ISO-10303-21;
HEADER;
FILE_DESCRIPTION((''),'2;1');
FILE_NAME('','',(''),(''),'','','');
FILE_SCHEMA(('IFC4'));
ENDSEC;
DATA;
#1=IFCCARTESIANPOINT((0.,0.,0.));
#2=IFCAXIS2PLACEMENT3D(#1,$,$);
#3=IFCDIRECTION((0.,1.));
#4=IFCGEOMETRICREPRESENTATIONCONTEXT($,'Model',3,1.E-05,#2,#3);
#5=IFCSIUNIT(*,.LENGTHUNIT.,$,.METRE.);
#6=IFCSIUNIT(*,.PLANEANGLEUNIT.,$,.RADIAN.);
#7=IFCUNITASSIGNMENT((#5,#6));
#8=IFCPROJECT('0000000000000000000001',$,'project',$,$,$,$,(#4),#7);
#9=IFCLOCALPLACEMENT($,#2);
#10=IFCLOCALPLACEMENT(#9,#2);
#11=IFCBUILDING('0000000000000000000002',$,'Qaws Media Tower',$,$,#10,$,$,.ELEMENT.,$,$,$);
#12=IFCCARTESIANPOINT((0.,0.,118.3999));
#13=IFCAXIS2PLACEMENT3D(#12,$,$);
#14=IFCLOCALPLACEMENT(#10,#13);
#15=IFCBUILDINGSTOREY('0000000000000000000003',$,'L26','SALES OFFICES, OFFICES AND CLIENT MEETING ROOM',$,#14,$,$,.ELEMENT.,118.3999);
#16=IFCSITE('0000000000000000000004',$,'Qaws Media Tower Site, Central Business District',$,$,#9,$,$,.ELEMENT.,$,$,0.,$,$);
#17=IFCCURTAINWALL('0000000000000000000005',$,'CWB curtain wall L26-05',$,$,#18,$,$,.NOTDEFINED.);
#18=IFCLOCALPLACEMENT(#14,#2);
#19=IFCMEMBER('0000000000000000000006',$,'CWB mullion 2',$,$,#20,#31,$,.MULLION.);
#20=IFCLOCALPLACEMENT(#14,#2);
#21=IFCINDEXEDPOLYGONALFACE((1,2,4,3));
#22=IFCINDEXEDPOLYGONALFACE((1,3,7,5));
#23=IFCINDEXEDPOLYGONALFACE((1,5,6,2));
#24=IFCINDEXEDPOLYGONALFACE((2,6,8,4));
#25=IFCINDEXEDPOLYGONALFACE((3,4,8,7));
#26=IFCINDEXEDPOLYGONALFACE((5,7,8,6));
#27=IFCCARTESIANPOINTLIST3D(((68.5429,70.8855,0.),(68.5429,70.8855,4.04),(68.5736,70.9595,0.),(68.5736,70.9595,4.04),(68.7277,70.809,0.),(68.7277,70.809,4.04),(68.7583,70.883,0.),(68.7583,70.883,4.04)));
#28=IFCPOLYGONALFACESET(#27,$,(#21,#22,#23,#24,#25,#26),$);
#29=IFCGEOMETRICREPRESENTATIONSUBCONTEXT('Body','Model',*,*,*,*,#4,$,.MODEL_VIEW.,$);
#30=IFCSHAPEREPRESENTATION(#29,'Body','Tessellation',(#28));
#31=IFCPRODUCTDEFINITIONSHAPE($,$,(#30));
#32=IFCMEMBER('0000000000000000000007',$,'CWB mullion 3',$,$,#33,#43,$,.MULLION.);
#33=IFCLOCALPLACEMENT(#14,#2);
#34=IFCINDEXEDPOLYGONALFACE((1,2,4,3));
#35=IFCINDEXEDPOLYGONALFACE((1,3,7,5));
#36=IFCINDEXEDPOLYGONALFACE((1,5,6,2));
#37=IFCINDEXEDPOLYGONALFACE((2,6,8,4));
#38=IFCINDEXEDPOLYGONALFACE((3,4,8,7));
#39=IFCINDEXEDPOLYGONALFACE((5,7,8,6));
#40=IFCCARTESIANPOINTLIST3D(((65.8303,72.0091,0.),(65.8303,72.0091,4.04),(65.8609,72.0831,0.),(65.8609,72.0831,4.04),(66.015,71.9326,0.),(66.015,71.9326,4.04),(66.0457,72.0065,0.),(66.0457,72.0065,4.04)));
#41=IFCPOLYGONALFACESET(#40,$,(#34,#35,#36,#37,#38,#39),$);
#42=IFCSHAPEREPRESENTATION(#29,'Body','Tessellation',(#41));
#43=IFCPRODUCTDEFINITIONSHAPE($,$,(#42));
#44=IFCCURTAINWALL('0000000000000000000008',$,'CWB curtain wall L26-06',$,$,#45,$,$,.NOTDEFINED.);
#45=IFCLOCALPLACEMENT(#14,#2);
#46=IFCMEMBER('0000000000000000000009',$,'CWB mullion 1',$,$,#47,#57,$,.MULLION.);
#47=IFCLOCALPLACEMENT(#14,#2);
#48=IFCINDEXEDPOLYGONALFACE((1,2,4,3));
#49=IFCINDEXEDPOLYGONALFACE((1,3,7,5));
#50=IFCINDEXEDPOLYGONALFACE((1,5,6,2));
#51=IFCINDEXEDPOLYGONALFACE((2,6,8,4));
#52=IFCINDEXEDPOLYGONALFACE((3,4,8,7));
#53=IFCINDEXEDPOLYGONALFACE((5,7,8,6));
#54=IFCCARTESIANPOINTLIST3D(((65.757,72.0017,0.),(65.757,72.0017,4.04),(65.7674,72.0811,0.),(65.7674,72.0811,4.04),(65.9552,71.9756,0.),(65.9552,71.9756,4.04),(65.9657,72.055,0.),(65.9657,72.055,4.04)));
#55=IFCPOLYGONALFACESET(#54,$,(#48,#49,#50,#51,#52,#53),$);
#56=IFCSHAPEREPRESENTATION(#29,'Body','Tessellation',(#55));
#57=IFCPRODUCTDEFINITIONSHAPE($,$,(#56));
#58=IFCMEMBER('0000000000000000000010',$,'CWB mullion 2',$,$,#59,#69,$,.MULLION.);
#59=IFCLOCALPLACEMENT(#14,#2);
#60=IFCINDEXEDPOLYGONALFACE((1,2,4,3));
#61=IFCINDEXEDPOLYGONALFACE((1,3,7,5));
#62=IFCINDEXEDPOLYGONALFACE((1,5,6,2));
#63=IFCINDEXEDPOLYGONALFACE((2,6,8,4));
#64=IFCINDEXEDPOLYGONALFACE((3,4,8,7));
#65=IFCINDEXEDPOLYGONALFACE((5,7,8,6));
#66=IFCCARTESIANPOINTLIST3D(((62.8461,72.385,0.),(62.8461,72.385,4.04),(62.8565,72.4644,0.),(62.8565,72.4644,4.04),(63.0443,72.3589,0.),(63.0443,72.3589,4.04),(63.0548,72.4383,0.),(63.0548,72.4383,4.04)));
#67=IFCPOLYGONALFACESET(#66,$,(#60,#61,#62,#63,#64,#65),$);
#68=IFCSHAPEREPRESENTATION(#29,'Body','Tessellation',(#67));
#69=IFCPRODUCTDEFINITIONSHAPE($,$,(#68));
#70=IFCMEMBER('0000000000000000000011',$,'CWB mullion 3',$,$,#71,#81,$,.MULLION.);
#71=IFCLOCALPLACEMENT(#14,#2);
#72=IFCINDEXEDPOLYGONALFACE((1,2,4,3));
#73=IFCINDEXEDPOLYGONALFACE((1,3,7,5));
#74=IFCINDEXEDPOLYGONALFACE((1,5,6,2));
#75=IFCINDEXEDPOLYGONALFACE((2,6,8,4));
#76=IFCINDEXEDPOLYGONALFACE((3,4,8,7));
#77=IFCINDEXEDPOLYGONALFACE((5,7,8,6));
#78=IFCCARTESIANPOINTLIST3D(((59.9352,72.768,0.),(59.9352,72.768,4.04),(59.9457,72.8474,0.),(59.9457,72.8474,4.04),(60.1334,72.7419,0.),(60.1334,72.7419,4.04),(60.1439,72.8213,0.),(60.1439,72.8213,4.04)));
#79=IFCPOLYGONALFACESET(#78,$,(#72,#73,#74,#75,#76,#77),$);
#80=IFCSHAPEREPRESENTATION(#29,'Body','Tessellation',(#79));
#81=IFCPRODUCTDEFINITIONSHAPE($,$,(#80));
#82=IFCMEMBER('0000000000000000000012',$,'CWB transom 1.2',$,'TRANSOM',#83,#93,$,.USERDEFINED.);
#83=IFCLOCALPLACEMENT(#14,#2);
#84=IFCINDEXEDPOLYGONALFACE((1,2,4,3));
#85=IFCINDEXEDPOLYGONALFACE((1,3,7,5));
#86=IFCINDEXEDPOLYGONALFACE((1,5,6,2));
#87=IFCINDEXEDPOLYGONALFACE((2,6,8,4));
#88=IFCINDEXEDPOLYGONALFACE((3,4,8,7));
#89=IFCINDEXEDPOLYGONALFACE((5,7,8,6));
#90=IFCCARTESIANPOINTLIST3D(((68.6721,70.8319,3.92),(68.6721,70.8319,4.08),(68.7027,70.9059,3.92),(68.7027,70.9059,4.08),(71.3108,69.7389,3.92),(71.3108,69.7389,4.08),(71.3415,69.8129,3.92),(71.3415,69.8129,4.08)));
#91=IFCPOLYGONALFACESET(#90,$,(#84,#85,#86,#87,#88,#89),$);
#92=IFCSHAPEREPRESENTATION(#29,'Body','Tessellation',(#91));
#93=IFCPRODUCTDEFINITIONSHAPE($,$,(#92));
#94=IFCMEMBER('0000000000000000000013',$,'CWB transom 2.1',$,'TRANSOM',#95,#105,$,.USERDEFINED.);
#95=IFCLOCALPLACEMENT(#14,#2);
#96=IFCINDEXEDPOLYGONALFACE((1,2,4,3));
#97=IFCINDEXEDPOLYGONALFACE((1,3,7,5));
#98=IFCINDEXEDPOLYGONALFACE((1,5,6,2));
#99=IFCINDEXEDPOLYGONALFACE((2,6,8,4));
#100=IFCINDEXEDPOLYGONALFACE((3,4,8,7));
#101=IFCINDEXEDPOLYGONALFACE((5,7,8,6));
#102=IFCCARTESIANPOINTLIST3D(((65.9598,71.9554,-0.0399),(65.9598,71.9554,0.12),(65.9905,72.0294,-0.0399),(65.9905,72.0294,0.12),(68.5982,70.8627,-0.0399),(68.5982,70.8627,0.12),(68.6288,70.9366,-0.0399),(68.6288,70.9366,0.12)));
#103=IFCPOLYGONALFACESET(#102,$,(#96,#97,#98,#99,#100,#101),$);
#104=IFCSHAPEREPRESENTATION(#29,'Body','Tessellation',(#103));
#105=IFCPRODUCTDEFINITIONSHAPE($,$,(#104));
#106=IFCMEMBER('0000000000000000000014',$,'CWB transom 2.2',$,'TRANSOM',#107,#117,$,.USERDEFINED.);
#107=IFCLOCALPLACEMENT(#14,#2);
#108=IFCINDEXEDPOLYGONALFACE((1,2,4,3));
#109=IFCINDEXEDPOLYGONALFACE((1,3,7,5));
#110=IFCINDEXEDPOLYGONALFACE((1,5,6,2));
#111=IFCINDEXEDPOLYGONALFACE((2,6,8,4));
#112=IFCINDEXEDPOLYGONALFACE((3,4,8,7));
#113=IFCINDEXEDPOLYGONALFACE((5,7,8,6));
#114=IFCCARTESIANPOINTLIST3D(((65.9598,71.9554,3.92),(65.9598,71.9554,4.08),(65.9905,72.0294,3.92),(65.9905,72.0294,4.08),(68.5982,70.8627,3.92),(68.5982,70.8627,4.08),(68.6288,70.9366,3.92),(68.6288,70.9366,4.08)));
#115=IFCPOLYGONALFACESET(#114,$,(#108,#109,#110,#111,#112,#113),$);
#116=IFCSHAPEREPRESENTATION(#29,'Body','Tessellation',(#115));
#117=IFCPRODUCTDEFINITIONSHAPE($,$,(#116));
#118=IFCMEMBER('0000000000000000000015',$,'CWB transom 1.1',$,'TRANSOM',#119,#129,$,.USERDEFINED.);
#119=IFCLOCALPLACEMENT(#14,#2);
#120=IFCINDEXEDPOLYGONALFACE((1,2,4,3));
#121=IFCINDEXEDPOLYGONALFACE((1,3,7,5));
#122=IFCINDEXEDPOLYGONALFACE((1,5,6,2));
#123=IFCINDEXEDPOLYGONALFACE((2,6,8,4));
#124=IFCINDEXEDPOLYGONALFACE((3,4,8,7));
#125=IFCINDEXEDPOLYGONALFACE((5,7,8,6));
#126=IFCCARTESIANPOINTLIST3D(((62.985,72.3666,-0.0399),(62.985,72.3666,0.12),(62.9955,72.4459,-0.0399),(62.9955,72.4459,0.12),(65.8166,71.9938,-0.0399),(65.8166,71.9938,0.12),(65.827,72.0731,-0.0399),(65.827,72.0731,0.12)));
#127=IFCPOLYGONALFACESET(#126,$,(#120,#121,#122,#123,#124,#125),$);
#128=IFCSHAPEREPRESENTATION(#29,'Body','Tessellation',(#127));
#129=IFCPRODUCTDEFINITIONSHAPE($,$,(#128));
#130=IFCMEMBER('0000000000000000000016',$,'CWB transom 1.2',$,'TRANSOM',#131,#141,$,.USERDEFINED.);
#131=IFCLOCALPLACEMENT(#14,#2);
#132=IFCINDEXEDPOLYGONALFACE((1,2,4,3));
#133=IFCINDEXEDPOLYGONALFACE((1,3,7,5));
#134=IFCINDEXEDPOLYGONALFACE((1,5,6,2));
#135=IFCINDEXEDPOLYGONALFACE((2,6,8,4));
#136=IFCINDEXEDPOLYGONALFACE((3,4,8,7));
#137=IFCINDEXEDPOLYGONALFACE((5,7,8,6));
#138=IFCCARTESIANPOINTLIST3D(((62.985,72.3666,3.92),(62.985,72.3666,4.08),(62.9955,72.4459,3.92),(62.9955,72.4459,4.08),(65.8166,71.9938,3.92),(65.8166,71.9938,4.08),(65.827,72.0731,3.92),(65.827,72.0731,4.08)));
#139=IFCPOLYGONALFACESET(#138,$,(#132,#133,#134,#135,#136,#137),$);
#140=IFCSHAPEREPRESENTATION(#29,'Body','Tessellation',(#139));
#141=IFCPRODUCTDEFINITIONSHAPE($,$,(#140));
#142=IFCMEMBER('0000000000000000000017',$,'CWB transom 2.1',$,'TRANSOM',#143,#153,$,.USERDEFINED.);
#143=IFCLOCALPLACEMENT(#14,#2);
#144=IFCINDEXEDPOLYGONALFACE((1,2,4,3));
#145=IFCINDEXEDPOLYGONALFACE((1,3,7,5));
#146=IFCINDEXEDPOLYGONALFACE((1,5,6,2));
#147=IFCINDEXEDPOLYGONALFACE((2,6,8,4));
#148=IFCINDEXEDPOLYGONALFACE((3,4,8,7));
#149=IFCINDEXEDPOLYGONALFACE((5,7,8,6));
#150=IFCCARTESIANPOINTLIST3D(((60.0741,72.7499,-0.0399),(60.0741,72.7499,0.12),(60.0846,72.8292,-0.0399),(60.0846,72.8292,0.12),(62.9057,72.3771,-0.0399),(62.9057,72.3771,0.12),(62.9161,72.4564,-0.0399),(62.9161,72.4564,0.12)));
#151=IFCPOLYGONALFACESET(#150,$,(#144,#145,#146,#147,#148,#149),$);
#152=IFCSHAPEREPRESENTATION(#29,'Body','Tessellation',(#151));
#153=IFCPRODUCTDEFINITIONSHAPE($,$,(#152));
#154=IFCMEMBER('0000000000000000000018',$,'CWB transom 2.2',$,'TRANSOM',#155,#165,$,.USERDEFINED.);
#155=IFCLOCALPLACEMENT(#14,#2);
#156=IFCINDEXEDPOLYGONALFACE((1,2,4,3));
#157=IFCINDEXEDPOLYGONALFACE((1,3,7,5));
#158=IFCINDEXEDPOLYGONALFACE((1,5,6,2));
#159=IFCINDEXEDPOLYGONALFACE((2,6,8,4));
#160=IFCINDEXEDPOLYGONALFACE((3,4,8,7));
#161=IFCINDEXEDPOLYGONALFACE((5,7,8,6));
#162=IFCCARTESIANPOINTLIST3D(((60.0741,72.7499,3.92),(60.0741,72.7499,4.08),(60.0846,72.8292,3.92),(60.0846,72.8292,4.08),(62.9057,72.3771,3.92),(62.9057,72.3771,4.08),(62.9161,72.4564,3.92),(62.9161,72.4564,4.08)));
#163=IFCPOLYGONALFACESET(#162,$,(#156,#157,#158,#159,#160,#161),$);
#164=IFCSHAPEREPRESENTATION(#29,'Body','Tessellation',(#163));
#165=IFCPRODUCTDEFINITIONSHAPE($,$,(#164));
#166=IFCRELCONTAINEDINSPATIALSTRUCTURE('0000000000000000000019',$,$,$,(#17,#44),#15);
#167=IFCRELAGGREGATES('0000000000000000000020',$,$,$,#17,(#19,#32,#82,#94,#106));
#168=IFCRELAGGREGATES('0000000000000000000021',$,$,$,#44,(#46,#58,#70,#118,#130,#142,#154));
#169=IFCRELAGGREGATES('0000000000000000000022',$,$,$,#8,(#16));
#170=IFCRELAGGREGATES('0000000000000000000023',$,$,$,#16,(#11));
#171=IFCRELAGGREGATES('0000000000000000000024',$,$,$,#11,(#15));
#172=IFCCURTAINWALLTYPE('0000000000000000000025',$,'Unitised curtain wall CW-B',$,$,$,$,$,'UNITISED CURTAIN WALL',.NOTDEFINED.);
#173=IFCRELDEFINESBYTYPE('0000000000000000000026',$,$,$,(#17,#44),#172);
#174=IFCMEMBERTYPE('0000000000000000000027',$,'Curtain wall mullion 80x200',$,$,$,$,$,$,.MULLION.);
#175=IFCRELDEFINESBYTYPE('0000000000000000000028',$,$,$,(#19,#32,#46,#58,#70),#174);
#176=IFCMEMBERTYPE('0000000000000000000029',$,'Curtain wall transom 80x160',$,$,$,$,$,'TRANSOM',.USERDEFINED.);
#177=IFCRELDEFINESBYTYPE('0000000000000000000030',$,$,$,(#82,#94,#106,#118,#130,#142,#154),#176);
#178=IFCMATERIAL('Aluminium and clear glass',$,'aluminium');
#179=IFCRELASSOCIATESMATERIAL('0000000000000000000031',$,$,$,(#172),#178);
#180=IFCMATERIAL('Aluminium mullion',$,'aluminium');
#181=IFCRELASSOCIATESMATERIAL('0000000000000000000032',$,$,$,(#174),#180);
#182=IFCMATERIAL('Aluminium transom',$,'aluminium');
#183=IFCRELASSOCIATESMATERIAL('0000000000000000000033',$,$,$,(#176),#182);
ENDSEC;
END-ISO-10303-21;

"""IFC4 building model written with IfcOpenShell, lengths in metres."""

from ifc_helpers import new_model, si_unit, direction, frame, origin, origin_2d, place, context, subcontext, project, spatial, rectangle, extrude, material, material_profile, profile_set, type_object, element, aggregate, save


model = new_model("IFC4")

# Units and contexts
model_context = context("Model", 3, precision=1e-05, world=origin(), true_north=direction((0.0, 1.0)))
body_context = subcontext(model_context, "Body", "Model", "MODEL_VIEW")
ifc_project = project(units=[si_unit("LENGTHUNIT", "METRE"), si_unit("PLANEANGLEUNIT", "RADIAN")], contexts=[model_context])

# Site, building, storey
site_placement = place(None, origin())
site = spatial("IfcSite", under=ifc_project, at=site_placement, Name="Qaws Media Tower Site, Central Business District", CompositionType="ELEMENT", RefElevation=0.0)
building_placement = place(site_placement, origin())
building = spatial("IfcBuilding", under=site, at=building_placement, Name="Qaws Media Tower", CompositionType="ELEMENT")
storey_placement = place(building_placement, frame((0.0, 0.0, 118.3999)))
storey = spatial("IfcBuildingStorey", under=building, at=storey_placement, Name="L26", Description="SALES OFFICES, OFFICES AND CLIENT MEETING ROOM", CompositionType="ELEMENT", Elevation=118.3999)

# Curtain walls, members
ifc_material_1 = material(Name="Aluminium and clear glass", Category="aluminium")
curtain_wall_type = type_object("IfcCurtainWallType", Name="Unitised curtain wall CW-B", ElementType="UNITISED CURTAIN WALL", PredefinedType="NOTDEFINED", material=ifc_material_1)
curtain_wall_1_placement = place(storey_placement, origin())
curtain_wall_1 = element("IfcCurtainWall", 1, at=curtain_wall_1_placement, inside=storey, type_object=curtain_wall_type, Name="CWB curtain wall L26-05", PredefinedType="NOTDEFINED")
ifc_material_2 = material(Name="Aluminium mullion", Category="aluminium")
ifc_material_profile_1 = material_profile(ifc_material_2, rectangle(XDim=0.0801, YDim=0.2, at=origin_2d()), Name="80x200")
ifc_profile_set_1 = profile_set([ifc_material_profile_1], Name="Aluminium mullion")
member_type_1 = type_object("IfcMemberType", Name="Curtain wall mullion 80x200", PredefinedType="MULLION", material=ifc_profile_set_1)
member_1_placement = place(storey_placement, frame((68.6506, 70.8843, 0.0), z_axis=(0.0, 0.0, 1.0), x_axis=(-0.382683, -0.92388, 0.0)))
member_1 = element("IfcMember", 2, at=member_1_placement, type_object=member_type_1, Name="CWB mullion 2", PredefinedType="MULLION", context=body_context, shape_type="SweptSolid", body=[
    extrude(rectangle(XDim=0.0801, YDim=0.2, at=origin_2d()), origin(), (0.0, 0.0, 1.0), 4.04),
])
member_2_placement = place(storey_placement, frame((65.938, 72.0078, 0.0), z_axis=(0.0, 0.0, 1.0), x_axis=(-0.382683, -0.92388, 0.0)))
member_2 = element("IfcMember", 3, at=member_2_placement, type_object=member_type_1, Name="CWB mullion 3", PredefinedType="MULLION", context=body_context, shape_type="SweptSolid", body=[
    extrude(rectangle(XDim=0.0801, YDim=0.2, at=origin_2d()), origin(), (0.0, 0.0, 1.0), 4.04),
])
curtain_wall_2_placement = place(storey_placement, origin())
curtain_wall_2 = element("IfcCurtainWall", 4, at=curtain_wall_2_placement, inside=storey, type_object=curtain_wall_type, Name="CWB curtain wall L26-06", PredefinedType="NOTDEFINED")
member_3_placement = place(storey_placement, frame((65.8613, 72.0283, 0.0), z_axis=(0.0, 0.0, 1.0), x_axis=(-0.130526, -0.991445, 0.0)))
member_3 = element("IfcMember", 5, at=member_3_placement, type_object=member_type_1, Name="CWB mullion 1", PredefinedType="MULLION", context=body_context, shape_type="SweptSolid", body=[
    extrude(rectangle(XDim=0.0801, YDim=0.2, at=origin_2d()), origin(), (0.0, 0.0, 1.0), 4.04),
])
member_4_placement = place(storey_placement, frame((62.9504, 72.4116, 0.0), z_axis=(0.0, 0.0, 1.0), x_axis=(-0.130526, -0.991445, 0.0)))
member_4 = element("IfcMember", 6, at=member_4_placement, type_object=member_type_1, Name="CWB mullion 2", PredefinedType="MULLION", context=body_context, shape_type="SweptSolid", body=[
    extrude(rectangle(XDim=0.0801, YDim=0.2, at=origin_2d()), origin(), (0.0, 0.0, 1.0), 4.04),
])
member_5_placement = place(storey_placement, frame((60.0396, 72.7947, 0.0), z_axis=(0.0, 0.0, 1.0), x_axis=(-0.130526, -0.991445, 0.0)))
member_5 = element("IfcMember", 7, at=member_5_placement, type_object=member_type_1, Name="CWB mullion 3", PredefinedType="MULLION", context=body_context, shape_type="SweptSolid", body=[
    extrude(rectangle(XDim=0.0801, YDim=0.2, at=origin_2d()), origin(), (0.0, 0.0, 1.0), 4.04),
])

# Members
ifc_material_3 = material(Name="Aluminium transom", Category="aluminium")
ifc_material_profile_2 = material_profile(ifc_material_3, rectangle(XDim=0.0801, YDim=0.1599, at=origin_2d()), Name="80x160")
ifc_profile_set_2 = profile_set([ifc_material_profile_2], Name="Aluminium transom")
member_type_2 = type_object("IfcMemberType", Name="Curtain wall transom 80x160", ElementType="TRANSOM", PredefinedType="USERDEFINED", material=ifc_profile_set_2)
member_6_placement = place(storey_placement, frame((71.3262, 69.7759, 4.0), z_axis=(-0.923874, 0.382697, 0.0), x_axis=(-0.382697, -0.923874, 0.0)))
member_6 = element("IfcMember", 8, at=member_6_placement, type_object=member_type_2, Name="CWB transom 1.2", ObjectType="TRANSOM", PredefinedType="USERDEFINED", context=body_context, shape_type="SweptSolid", body=[
    extrude(rectangle(XDim=0.0801, YDim=0.1599, at=origin_2d()), origin(), (0.0, 0.0, 1.0), 2.8562),
])
member_7_placement = place(storey_placement, frame((68.6135, 70.8997, 0.04), z_axis=(-0.923892, 0.382654, 0.0), x_axis=(-0.382654, -0.923892, 0.0)))
member_7 = element("IfcMember", 9, at=member_7_placement, type_object=member_type_2, Name="CWB transom 2.1", ObjectType="TRANSOM", PredefinedType="USERDEFINED", context=body_context, shape_type="SweptSolid", body=[
    extrude(rectangle(XDim=0.0801, YDim=0.1599, at=origin_2d()), origin(), (0.0, 0.0, 1.0), 2.8557),
])
member_8_placement = place(storey_placement, frame((68.6135, 70.8997, 4.0), z_axis=(-0.923892, 0.382654, 0.0), x_axis=(-0.382654, -0.923892, 0.0)))
member_8 = element("IfcMember", 10, at=member_8_placement, type_object=member_type_2, Name="CWB transom 2.2", ObjectType="TRANSOM", PredefinedType="USERDEFINED", context=body_context, shape_type="SweptSolid", body=[
    extrude(rectangle(XDim=0.0801, YDim=0.1599, at=origin_2d()), origin(), (0.0, 0.0, 1.0), 2.8557),
])
member_9_placement = place(storey_placement, frame((65.8218, 72.0334, 0.04), z_axis=(-0.991444, 0.130534, 0.0), x_axis=(-0.130534, -0.991444, 0.0)))
member_9 = element("IfcMember", 11, at=member_9_placement, type_object=member_type_2, Name="CWB transom 1.1", ObjectType="TRANSOM", PredefinedType="USERDEFINED", context=body_context, shape_type="SweptSolid", body=[
    extrude(rectangle(XDim=0.0801, YDim=0.1599, at=origin_2d()), origin(), (0.0, 0.0, 1.0), 2.856),
])
member_10_placement = place(storey_placement, frame((65.8218, 72.0334, 4.0), z_axis=(-0.991444, 0.130534, 0.0), x_axis=(-0.130534, -0.991444, 0.0)))
member_10 = element("IfcMember", 12, at=member_10_placement, type_object=member_type_2, Name="CWB transom 1.2", ObjectType="TRANSOM", PredefinedType="USERDEFINED", context=body_context, shape_type="SweptSolid", body=[
    extrude(rectangle(XDim=0.0801, YDim=0.1599, at=origin_2d()), origin(), (0.0, 0.0, 1.0), 2.856),
])
member_11_placement = place(storey_placement, frame((62.9109, 72.4167, 0.04), z_axis=(-0.991444, 0.130534, 0.0), x_axis=(-0.130534, -0.991444, 0.0)))
member_11 = element("IfcMember", 13, at=member_11_placement, type_object=member_type_2, Name="CWB transom 2.1", ObjectType="TRANSOM", PredefinedType="USERDEFINED", context=body_context, shape_type="SweptSolid", body=[
    extrude(rectangle(XDim=0.0801, YDim=0.1599, at=origin_2d()), origin(), (0.0, 0.0, 1.0), 2.856),
])
member_12_placement = place(storey_placement, frame((62.9109, 72.4167, 4.0), z_axis=(-0.991444, 0.130534, 0.0), x_axis=(-0.130534, -0.991444, 0.0)))
member_12 = element("IfcMember", 14, at=member_12_placement, type_object=member_type_2, Name="CWB transom 2.2", ObjectType="TRANSOM", PredefinedType="USERDEFINED", context=body_context, shape_type="SweptSolid", body=[
    extrude(rectangle(XDim=0.0801, YDim=0.1599, at=origin_2d()), origin(), (0.0, 0.0, 1.0), 2.856),
])

aggregate(curtain_wall_1, [member_1, member_2, member_6, member_7, member_8])
aggregate(curtain_wall_2, [member_3, member_4, member_5, member_9, member_10, member_11, member_12])

save(model, "model.ifc")
